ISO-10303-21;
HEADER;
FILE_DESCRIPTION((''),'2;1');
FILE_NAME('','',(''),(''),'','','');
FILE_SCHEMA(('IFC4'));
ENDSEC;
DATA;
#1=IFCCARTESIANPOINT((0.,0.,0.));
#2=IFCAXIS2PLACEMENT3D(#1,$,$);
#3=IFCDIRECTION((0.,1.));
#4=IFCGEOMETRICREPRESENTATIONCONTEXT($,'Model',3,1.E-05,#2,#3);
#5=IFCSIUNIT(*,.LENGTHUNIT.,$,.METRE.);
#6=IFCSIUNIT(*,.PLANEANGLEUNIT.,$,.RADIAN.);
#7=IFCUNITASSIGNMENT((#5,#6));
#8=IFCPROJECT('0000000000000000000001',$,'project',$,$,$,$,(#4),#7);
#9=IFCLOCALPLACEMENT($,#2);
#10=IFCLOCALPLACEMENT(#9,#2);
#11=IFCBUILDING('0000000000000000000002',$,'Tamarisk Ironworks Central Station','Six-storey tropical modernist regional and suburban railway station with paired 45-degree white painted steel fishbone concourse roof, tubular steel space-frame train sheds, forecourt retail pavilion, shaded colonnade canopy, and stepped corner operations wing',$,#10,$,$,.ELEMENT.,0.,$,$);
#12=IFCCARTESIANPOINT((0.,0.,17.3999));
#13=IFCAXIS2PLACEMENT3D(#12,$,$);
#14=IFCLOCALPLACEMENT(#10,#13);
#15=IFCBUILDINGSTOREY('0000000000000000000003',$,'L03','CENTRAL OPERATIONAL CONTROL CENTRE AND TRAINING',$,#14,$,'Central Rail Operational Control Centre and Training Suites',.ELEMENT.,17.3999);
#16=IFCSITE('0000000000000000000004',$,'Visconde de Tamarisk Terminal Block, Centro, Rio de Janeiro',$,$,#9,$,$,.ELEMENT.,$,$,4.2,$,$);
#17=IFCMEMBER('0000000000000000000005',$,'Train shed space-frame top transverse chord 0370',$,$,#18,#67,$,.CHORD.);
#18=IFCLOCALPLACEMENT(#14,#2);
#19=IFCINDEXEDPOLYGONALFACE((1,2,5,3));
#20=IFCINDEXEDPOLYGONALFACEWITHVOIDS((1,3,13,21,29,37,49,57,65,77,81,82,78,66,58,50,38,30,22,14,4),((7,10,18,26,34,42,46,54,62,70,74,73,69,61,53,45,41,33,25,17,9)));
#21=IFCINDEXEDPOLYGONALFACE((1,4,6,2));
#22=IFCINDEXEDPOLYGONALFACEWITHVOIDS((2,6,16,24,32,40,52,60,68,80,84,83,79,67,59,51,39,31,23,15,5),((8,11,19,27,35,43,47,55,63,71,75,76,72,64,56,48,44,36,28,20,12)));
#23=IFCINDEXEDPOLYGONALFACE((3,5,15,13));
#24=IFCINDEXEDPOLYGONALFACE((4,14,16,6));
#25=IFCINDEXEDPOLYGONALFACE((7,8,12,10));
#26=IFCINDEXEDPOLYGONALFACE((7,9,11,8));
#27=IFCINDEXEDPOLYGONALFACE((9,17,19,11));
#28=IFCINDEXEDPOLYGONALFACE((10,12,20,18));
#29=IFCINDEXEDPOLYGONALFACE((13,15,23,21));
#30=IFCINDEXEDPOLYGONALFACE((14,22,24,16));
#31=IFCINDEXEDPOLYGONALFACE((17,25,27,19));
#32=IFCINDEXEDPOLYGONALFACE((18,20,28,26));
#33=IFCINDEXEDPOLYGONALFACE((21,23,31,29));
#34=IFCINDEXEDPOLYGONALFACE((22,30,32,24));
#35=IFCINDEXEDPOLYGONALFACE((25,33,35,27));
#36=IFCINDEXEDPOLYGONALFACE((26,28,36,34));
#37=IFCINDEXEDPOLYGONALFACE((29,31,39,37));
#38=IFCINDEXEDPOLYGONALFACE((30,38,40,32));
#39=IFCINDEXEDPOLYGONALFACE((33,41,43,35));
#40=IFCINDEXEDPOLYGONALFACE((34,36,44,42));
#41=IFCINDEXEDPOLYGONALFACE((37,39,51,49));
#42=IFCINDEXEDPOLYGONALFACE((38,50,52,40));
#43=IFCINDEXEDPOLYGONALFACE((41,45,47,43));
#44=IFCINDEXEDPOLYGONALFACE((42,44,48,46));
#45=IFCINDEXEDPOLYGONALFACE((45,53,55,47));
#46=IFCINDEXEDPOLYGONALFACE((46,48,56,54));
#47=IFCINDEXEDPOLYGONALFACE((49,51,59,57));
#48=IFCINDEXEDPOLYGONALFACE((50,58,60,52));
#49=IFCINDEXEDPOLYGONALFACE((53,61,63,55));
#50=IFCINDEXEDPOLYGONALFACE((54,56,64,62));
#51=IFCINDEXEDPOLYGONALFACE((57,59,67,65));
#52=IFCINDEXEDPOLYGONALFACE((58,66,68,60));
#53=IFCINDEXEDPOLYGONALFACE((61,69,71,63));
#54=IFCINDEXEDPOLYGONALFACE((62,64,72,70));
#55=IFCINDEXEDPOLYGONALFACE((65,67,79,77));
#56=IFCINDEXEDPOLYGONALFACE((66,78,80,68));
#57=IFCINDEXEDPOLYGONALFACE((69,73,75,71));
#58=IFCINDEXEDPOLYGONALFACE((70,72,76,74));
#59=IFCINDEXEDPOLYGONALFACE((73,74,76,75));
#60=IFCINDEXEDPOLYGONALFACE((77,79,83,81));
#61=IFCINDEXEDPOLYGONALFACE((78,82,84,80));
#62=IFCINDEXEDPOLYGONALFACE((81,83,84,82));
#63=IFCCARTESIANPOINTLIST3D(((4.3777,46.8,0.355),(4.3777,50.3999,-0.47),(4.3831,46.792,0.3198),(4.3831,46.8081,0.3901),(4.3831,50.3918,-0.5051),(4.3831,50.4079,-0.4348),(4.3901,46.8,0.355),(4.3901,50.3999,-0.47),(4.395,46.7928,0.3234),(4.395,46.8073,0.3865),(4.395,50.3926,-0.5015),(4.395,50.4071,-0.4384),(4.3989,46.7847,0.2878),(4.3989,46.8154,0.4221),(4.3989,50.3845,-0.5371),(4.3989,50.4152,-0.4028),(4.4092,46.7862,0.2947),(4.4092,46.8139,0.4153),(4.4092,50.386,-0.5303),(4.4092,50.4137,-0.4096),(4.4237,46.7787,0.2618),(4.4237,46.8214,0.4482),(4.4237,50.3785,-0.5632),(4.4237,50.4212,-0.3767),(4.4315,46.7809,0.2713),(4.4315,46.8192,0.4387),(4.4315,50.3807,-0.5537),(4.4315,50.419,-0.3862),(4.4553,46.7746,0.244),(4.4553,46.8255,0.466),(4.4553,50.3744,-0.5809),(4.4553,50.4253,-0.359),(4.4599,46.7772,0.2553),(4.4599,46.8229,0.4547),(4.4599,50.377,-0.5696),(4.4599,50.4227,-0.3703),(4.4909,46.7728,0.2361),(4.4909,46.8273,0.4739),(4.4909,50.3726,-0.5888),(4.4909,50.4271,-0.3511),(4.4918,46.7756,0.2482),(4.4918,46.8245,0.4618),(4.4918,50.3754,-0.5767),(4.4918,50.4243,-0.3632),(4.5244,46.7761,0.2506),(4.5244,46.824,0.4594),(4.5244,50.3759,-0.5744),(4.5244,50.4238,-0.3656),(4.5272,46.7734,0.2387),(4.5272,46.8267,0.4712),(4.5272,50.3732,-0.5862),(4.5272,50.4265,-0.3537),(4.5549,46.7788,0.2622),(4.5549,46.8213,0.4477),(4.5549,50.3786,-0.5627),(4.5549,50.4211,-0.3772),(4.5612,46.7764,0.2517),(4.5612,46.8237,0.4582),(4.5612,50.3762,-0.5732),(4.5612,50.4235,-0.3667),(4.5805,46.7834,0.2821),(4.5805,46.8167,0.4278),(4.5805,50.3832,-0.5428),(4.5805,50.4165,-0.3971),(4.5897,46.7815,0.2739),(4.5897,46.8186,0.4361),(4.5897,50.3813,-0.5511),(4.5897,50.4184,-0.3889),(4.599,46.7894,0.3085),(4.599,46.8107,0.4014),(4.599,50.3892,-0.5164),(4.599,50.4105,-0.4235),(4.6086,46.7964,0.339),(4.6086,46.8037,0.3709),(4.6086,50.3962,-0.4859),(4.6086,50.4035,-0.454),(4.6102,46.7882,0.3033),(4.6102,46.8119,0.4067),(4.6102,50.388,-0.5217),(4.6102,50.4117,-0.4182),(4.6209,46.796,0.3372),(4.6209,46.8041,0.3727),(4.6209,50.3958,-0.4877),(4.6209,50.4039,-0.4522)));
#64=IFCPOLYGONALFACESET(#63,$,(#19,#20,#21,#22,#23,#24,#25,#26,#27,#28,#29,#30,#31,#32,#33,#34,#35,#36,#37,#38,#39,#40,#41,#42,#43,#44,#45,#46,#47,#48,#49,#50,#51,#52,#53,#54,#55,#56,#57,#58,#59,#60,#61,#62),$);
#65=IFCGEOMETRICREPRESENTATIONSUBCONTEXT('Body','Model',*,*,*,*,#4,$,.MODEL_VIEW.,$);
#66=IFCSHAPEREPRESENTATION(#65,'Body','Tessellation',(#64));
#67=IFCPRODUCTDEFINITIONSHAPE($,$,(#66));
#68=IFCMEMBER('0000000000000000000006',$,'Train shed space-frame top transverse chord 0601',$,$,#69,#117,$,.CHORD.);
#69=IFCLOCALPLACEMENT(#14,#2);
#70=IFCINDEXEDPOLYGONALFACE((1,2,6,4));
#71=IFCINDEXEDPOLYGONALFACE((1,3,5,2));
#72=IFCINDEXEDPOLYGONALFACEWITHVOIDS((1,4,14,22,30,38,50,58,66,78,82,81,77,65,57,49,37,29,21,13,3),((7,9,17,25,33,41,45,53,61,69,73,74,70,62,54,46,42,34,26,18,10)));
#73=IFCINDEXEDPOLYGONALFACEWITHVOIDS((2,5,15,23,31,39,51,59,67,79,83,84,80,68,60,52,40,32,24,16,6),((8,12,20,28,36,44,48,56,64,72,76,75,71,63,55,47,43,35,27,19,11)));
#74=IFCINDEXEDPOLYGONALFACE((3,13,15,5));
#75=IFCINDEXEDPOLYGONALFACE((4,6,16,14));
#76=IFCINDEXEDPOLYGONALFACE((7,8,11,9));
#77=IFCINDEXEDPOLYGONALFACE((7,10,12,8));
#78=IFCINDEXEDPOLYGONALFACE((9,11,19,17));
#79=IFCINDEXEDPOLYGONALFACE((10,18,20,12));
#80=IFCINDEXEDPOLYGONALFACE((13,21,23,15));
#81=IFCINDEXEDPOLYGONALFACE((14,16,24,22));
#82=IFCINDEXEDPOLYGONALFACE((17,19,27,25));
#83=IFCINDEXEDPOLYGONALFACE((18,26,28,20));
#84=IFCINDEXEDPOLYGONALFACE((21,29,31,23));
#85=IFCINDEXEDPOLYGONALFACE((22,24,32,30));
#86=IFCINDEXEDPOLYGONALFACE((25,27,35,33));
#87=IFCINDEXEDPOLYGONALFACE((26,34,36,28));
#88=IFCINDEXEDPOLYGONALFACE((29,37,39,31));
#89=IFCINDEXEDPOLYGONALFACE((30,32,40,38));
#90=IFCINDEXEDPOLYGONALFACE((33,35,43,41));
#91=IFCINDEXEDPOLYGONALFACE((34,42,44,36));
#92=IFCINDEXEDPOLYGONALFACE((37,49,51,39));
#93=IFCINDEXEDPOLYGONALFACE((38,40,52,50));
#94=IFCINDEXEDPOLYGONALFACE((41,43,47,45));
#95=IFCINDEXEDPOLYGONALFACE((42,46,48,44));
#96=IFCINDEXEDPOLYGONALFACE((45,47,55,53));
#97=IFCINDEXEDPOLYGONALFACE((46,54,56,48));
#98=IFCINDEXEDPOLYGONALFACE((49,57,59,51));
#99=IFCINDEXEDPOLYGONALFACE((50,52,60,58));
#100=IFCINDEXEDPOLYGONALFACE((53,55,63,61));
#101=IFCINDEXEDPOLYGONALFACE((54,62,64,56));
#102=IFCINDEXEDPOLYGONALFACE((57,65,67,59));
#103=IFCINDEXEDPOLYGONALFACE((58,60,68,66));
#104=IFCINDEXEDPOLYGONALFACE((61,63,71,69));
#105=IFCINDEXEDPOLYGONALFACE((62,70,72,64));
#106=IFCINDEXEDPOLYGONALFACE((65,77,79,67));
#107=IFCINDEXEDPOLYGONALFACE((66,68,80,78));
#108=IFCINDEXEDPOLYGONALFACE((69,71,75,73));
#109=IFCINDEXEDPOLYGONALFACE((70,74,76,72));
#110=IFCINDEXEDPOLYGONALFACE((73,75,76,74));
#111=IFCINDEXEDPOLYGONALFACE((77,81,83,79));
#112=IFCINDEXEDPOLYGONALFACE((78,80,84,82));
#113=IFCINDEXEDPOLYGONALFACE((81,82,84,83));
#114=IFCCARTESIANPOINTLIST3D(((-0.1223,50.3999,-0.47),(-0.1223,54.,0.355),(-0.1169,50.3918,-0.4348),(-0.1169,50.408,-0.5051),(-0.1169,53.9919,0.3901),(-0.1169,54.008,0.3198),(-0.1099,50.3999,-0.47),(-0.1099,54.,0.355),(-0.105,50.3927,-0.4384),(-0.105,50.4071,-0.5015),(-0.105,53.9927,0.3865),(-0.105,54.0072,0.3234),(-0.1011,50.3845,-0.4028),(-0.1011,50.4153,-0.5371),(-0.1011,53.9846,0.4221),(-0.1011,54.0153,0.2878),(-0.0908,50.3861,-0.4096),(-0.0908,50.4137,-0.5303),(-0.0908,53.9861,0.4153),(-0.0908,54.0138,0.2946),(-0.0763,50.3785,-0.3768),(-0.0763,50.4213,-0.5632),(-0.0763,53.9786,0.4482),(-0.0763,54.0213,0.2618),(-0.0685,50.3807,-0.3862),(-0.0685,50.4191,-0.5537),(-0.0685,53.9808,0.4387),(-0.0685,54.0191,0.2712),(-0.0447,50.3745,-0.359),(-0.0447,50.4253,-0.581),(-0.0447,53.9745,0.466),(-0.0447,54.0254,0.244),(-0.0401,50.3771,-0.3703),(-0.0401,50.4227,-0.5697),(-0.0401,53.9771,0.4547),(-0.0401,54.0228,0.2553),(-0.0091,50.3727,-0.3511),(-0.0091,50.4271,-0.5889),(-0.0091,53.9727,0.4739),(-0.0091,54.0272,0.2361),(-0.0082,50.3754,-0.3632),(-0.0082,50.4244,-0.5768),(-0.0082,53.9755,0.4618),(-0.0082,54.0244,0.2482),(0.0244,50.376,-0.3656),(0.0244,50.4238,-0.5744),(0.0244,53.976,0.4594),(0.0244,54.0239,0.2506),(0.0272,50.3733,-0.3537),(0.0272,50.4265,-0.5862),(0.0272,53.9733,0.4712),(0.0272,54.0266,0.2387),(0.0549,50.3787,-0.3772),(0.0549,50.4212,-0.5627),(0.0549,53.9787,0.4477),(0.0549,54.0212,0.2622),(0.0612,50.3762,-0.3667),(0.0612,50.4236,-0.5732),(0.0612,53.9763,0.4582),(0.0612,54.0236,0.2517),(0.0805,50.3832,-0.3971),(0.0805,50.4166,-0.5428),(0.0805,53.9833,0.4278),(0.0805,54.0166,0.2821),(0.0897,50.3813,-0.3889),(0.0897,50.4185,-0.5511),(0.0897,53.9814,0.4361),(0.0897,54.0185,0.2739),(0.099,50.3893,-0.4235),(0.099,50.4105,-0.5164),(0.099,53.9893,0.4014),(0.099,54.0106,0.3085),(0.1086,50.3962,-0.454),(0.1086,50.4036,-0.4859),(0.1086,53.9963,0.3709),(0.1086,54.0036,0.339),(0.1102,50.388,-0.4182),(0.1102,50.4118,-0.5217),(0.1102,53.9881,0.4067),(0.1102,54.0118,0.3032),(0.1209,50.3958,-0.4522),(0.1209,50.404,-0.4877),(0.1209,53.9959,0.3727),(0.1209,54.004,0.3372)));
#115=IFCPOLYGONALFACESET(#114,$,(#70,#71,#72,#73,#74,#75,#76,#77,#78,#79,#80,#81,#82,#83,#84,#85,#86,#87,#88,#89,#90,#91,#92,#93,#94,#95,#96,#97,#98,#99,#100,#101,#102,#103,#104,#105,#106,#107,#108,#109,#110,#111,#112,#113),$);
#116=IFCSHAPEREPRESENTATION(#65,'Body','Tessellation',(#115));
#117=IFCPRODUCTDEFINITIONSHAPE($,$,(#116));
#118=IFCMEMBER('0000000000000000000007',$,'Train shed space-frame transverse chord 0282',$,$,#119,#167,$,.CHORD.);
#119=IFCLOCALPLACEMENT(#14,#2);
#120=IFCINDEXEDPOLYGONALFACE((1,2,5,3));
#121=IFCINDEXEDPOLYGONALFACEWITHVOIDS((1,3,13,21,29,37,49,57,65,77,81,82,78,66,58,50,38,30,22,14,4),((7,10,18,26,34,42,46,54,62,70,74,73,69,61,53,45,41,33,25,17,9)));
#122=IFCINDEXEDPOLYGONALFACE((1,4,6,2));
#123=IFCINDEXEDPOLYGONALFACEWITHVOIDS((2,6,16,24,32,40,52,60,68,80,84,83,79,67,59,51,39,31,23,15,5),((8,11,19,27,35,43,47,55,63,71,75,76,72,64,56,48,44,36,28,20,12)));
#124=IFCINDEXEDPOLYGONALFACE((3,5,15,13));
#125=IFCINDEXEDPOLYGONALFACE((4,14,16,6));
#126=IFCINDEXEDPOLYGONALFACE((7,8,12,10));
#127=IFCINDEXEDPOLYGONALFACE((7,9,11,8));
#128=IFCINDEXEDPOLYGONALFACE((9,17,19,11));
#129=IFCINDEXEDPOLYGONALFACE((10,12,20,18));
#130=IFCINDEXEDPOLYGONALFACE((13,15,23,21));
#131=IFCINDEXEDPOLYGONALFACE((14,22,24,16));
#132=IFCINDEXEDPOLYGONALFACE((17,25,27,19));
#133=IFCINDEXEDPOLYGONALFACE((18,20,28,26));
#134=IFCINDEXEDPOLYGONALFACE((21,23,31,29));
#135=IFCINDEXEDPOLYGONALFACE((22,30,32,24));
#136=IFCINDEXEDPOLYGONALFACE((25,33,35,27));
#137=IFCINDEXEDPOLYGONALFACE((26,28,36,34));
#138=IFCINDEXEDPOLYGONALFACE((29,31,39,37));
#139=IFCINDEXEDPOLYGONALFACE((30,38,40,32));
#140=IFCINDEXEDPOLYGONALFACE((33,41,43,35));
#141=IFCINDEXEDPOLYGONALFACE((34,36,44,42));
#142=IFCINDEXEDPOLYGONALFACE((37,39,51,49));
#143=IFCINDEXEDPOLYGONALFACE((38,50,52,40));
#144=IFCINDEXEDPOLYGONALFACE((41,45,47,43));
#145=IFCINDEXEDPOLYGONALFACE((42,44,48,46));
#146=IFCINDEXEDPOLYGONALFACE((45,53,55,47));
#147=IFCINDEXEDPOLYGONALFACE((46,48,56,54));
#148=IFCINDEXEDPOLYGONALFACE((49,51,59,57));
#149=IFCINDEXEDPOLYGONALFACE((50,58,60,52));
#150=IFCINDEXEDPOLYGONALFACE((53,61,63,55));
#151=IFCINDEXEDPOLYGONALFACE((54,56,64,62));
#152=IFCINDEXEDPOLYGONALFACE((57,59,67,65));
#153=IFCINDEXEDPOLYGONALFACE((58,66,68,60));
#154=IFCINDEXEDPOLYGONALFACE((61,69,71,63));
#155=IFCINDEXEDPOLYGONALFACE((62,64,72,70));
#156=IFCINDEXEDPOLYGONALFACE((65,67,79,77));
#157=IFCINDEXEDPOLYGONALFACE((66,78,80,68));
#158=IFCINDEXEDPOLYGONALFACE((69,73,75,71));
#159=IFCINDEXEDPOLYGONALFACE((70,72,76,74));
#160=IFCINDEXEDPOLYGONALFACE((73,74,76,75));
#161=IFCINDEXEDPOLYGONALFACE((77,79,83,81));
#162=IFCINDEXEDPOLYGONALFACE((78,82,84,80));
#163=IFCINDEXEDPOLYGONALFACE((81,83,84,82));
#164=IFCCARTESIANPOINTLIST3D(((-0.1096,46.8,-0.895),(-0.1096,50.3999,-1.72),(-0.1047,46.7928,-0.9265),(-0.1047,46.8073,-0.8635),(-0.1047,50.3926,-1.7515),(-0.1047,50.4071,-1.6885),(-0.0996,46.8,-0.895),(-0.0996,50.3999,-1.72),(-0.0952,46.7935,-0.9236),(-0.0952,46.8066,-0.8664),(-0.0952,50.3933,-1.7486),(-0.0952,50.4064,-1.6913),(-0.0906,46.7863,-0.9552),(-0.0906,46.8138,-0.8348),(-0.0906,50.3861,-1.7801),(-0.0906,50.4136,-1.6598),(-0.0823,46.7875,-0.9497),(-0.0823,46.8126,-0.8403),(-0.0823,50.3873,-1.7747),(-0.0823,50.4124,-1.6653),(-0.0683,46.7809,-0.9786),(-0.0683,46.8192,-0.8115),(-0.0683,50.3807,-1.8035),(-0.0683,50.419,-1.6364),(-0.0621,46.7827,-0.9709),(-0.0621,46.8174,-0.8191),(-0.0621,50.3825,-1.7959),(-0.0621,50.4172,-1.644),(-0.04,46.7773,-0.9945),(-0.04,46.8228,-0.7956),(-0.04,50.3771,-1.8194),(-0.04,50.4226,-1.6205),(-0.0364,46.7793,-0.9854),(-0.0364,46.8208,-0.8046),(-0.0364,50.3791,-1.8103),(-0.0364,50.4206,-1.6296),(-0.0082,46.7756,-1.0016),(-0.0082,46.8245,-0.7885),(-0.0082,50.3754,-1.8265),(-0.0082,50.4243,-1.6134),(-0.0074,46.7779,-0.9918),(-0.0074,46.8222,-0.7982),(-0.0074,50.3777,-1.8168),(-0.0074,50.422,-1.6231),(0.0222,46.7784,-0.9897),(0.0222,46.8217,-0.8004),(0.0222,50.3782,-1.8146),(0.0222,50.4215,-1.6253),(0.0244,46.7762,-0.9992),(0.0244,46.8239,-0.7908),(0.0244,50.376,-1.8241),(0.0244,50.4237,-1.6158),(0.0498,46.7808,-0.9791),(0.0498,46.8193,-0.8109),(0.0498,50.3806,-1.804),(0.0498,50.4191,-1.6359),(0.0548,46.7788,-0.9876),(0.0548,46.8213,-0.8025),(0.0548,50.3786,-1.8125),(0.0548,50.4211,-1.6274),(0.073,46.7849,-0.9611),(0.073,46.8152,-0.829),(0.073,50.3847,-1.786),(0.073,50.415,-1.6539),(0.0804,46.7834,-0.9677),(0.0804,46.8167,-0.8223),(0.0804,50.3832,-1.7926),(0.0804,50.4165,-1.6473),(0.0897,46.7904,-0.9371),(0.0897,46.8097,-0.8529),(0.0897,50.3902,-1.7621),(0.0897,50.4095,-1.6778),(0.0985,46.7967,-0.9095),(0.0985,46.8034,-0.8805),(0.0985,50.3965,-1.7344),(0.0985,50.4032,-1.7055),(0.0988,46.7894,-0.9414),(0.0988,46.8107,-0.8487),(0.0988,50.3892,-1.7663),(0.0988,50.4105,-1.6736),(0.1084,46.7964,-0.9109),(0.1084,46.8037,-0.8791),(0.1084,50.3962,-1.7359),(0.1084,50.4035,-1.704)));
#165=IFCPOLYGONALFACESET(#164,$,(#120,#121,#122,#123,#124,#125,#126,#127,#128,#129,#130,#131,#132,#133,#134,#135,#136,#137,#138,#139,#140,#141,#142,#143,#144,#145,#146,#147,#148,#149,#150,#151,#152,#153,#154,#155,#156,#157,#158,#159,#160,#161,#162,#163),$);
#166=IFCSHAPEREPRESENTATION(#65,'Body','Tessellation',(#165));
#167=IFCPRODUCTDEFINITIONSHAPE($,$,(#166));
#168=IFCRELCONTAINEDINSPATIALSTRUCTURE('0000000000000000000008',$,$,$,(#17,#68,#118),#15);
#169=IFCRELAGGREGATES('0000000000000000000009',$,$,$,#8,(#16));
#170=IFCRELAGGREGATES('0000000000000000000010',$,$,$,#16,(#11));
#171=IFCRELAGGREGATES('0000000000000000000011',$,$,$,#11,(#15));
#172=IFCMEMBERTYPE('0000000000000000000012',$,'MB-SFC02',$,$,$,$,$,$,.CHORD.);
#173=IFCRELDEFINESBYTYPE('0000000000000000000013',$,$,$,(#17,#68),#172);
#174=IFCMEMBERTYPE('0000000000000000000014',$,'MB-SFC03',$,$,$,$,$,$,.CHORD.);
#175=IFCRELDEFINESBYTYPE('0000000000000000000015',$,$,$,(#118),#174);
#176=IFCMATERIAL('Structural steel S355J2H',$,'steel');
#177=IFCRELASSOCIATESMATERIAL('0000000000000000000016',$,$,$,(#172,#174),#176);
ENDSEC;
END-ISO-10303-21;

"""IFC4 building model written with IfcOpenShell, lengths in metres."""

from ifc_helpers import new_model, si_unit, direction, frame, origin, origin_2d, place, context, subcontext, project, spatial, hollow_circle, extrude, material, material_profile, profile_set, type_object, element, save


model = new_model("IFC4")

# Units and contexts
model_context = context("Model", 3, precision=1e-05, world=origin(), true_north=direction((0.0, 1.0)))
body_context = subcontext(model_context, "Body", "Model", "MODEL_VIEW")
ifc_project = project(units=[si_unit("LENGTHUNIT", "METRE"), si_unit("PLANEANGLEUNIT", "RADIAN")], contexts=[model_context])

# Site, building, storey
site_placement = place(None, origin())
site = spatial("IfcSite", under=ifc_project, at=site_placement, Name="Visconde de Tamarisk Terminal Block, Centro, Rio de Janeiro", CompositionType="ELEMENT", RefElevation=4.2)
building_placement = place(site_placement, origin())
building = spatial("IfcBuilding", under=site, at=building_placement, Name="Tamarisk Ironworks Central Station", Description="Six-storey tropical modernist regional and suburban railway station with paired 45-degree white painted steel fishbone concourse roof, tubular steel space-frame train sheds, forecourt retail pavilion, shaded colonnade canopy, and stepped corner operations wing", CompositionType="ELEMENT", ElevationOfRefHeight=0.0)
storey_placement = place(building_placement, frame((0.0, 0.0, 17.3999)))
storey = spatial("IfcBuildingStorey", under=building, at=storey_placement, Name="L03", Description="CENTRAL OPERATIONAL CONTROL CENTRE AND TRAINING", LongName="Central Rail Operational Control Centre and Training Suites", CompositionType="ELEMENT", Elevation=17.3999)

# Members
ifc_material_1 = material(Name="Structural steel S355J2H", Category="steel")
ifc_material_profile_1 = material_profile(ifc_material_1, hollow_circle(Radius=0.1223, WallThickness=0.0125, at=origin_2d()), Name="CHS 244.5x12.5")
ifc_profile_set_1 = profile_set([ifc_material_profile_1], Name="Structural steel S355J2H")
member_type_1 = type_object("IfcMemberType", Name="MB-SFC02", PredefinedType="CHORD", material=ifc_profile_set_1)
member_1_placement = place(storey_placement, frame((4.5, 46.8, 0.355), z_axis=(0.0, 0.974733, -0.223372), x_axis=(-1.0, 0.0, 0.0)))
element("IfcMember", 1, at=member_1_placement, inside=storey, type_object=member_type_1, Name="Train shed space-frame top transverse chord 0370", PredefinedType="CHORD", context=body_context, shape_type="SweptSolid", body=[
    extrude(hollow_circle(Radius=0.1223, WallThickness=0.0125, at=origin_2d()), origin(), (0.0, 0.0, 1.0), 3.6931),
])
member_2_placement = place(storey_placement, frame((0.0, 50.3999, -0.47), z_axis=(0.0, 0.974737, 0.223358), x_axis=(-1.0, 0.0, 0.0)))
element("IfcMember", 2, at=member_2_placement, inside=storey, type_object=member_type_1, Name="Train shed space-frame top transverse chord 0601", PredefinedType="CHORD", context=body_context, shape_type="SweptSolid", body=[
    extrude(hollow_circle(Radius=0.1223, WallThickness=0.0125, at=origin_2d()), origin(), (0.0, 0.0, 1.0), 3.6934),
])
ifc_material_profile_2 = material_profile(ifc_material_1, hollow_circle(Radius=0.1096, WallThickness=0.01, at=origin_2d()), Name="CHS 219.1x10")
ifc_profile_set_2 = profile_set([ifc_material_profile_2], Name="Structural steel S355J2H")
member_type_2 = type_object("IfcMemberType", Name="MB-SFC03", PredefinedType="CHORD", material=ifc_profile_set_2)
member_3_placement = place(storey_placement, frame((0.0, 46.8, -0.895), z_axis=(0.0, 0.974733, -0.223372), x_axis=(-1.0, 0.0, 0.0)))
element("IfcMember", 3, at=member_3_placement, inside=storey, type_object=member_type_2, Name="Train shed space-frame transverse chord 0282", PredefinedType="CHORD", context=body_context, shape_type="SweptSolid", body=[
    extrude(hollow_circle(Radius=0.1096, WallThickness=0.01, at=origin_2d()), origin(), (0.0, 0.0, 1.0), 3.6931),
])

save(model, "model.ifc")
